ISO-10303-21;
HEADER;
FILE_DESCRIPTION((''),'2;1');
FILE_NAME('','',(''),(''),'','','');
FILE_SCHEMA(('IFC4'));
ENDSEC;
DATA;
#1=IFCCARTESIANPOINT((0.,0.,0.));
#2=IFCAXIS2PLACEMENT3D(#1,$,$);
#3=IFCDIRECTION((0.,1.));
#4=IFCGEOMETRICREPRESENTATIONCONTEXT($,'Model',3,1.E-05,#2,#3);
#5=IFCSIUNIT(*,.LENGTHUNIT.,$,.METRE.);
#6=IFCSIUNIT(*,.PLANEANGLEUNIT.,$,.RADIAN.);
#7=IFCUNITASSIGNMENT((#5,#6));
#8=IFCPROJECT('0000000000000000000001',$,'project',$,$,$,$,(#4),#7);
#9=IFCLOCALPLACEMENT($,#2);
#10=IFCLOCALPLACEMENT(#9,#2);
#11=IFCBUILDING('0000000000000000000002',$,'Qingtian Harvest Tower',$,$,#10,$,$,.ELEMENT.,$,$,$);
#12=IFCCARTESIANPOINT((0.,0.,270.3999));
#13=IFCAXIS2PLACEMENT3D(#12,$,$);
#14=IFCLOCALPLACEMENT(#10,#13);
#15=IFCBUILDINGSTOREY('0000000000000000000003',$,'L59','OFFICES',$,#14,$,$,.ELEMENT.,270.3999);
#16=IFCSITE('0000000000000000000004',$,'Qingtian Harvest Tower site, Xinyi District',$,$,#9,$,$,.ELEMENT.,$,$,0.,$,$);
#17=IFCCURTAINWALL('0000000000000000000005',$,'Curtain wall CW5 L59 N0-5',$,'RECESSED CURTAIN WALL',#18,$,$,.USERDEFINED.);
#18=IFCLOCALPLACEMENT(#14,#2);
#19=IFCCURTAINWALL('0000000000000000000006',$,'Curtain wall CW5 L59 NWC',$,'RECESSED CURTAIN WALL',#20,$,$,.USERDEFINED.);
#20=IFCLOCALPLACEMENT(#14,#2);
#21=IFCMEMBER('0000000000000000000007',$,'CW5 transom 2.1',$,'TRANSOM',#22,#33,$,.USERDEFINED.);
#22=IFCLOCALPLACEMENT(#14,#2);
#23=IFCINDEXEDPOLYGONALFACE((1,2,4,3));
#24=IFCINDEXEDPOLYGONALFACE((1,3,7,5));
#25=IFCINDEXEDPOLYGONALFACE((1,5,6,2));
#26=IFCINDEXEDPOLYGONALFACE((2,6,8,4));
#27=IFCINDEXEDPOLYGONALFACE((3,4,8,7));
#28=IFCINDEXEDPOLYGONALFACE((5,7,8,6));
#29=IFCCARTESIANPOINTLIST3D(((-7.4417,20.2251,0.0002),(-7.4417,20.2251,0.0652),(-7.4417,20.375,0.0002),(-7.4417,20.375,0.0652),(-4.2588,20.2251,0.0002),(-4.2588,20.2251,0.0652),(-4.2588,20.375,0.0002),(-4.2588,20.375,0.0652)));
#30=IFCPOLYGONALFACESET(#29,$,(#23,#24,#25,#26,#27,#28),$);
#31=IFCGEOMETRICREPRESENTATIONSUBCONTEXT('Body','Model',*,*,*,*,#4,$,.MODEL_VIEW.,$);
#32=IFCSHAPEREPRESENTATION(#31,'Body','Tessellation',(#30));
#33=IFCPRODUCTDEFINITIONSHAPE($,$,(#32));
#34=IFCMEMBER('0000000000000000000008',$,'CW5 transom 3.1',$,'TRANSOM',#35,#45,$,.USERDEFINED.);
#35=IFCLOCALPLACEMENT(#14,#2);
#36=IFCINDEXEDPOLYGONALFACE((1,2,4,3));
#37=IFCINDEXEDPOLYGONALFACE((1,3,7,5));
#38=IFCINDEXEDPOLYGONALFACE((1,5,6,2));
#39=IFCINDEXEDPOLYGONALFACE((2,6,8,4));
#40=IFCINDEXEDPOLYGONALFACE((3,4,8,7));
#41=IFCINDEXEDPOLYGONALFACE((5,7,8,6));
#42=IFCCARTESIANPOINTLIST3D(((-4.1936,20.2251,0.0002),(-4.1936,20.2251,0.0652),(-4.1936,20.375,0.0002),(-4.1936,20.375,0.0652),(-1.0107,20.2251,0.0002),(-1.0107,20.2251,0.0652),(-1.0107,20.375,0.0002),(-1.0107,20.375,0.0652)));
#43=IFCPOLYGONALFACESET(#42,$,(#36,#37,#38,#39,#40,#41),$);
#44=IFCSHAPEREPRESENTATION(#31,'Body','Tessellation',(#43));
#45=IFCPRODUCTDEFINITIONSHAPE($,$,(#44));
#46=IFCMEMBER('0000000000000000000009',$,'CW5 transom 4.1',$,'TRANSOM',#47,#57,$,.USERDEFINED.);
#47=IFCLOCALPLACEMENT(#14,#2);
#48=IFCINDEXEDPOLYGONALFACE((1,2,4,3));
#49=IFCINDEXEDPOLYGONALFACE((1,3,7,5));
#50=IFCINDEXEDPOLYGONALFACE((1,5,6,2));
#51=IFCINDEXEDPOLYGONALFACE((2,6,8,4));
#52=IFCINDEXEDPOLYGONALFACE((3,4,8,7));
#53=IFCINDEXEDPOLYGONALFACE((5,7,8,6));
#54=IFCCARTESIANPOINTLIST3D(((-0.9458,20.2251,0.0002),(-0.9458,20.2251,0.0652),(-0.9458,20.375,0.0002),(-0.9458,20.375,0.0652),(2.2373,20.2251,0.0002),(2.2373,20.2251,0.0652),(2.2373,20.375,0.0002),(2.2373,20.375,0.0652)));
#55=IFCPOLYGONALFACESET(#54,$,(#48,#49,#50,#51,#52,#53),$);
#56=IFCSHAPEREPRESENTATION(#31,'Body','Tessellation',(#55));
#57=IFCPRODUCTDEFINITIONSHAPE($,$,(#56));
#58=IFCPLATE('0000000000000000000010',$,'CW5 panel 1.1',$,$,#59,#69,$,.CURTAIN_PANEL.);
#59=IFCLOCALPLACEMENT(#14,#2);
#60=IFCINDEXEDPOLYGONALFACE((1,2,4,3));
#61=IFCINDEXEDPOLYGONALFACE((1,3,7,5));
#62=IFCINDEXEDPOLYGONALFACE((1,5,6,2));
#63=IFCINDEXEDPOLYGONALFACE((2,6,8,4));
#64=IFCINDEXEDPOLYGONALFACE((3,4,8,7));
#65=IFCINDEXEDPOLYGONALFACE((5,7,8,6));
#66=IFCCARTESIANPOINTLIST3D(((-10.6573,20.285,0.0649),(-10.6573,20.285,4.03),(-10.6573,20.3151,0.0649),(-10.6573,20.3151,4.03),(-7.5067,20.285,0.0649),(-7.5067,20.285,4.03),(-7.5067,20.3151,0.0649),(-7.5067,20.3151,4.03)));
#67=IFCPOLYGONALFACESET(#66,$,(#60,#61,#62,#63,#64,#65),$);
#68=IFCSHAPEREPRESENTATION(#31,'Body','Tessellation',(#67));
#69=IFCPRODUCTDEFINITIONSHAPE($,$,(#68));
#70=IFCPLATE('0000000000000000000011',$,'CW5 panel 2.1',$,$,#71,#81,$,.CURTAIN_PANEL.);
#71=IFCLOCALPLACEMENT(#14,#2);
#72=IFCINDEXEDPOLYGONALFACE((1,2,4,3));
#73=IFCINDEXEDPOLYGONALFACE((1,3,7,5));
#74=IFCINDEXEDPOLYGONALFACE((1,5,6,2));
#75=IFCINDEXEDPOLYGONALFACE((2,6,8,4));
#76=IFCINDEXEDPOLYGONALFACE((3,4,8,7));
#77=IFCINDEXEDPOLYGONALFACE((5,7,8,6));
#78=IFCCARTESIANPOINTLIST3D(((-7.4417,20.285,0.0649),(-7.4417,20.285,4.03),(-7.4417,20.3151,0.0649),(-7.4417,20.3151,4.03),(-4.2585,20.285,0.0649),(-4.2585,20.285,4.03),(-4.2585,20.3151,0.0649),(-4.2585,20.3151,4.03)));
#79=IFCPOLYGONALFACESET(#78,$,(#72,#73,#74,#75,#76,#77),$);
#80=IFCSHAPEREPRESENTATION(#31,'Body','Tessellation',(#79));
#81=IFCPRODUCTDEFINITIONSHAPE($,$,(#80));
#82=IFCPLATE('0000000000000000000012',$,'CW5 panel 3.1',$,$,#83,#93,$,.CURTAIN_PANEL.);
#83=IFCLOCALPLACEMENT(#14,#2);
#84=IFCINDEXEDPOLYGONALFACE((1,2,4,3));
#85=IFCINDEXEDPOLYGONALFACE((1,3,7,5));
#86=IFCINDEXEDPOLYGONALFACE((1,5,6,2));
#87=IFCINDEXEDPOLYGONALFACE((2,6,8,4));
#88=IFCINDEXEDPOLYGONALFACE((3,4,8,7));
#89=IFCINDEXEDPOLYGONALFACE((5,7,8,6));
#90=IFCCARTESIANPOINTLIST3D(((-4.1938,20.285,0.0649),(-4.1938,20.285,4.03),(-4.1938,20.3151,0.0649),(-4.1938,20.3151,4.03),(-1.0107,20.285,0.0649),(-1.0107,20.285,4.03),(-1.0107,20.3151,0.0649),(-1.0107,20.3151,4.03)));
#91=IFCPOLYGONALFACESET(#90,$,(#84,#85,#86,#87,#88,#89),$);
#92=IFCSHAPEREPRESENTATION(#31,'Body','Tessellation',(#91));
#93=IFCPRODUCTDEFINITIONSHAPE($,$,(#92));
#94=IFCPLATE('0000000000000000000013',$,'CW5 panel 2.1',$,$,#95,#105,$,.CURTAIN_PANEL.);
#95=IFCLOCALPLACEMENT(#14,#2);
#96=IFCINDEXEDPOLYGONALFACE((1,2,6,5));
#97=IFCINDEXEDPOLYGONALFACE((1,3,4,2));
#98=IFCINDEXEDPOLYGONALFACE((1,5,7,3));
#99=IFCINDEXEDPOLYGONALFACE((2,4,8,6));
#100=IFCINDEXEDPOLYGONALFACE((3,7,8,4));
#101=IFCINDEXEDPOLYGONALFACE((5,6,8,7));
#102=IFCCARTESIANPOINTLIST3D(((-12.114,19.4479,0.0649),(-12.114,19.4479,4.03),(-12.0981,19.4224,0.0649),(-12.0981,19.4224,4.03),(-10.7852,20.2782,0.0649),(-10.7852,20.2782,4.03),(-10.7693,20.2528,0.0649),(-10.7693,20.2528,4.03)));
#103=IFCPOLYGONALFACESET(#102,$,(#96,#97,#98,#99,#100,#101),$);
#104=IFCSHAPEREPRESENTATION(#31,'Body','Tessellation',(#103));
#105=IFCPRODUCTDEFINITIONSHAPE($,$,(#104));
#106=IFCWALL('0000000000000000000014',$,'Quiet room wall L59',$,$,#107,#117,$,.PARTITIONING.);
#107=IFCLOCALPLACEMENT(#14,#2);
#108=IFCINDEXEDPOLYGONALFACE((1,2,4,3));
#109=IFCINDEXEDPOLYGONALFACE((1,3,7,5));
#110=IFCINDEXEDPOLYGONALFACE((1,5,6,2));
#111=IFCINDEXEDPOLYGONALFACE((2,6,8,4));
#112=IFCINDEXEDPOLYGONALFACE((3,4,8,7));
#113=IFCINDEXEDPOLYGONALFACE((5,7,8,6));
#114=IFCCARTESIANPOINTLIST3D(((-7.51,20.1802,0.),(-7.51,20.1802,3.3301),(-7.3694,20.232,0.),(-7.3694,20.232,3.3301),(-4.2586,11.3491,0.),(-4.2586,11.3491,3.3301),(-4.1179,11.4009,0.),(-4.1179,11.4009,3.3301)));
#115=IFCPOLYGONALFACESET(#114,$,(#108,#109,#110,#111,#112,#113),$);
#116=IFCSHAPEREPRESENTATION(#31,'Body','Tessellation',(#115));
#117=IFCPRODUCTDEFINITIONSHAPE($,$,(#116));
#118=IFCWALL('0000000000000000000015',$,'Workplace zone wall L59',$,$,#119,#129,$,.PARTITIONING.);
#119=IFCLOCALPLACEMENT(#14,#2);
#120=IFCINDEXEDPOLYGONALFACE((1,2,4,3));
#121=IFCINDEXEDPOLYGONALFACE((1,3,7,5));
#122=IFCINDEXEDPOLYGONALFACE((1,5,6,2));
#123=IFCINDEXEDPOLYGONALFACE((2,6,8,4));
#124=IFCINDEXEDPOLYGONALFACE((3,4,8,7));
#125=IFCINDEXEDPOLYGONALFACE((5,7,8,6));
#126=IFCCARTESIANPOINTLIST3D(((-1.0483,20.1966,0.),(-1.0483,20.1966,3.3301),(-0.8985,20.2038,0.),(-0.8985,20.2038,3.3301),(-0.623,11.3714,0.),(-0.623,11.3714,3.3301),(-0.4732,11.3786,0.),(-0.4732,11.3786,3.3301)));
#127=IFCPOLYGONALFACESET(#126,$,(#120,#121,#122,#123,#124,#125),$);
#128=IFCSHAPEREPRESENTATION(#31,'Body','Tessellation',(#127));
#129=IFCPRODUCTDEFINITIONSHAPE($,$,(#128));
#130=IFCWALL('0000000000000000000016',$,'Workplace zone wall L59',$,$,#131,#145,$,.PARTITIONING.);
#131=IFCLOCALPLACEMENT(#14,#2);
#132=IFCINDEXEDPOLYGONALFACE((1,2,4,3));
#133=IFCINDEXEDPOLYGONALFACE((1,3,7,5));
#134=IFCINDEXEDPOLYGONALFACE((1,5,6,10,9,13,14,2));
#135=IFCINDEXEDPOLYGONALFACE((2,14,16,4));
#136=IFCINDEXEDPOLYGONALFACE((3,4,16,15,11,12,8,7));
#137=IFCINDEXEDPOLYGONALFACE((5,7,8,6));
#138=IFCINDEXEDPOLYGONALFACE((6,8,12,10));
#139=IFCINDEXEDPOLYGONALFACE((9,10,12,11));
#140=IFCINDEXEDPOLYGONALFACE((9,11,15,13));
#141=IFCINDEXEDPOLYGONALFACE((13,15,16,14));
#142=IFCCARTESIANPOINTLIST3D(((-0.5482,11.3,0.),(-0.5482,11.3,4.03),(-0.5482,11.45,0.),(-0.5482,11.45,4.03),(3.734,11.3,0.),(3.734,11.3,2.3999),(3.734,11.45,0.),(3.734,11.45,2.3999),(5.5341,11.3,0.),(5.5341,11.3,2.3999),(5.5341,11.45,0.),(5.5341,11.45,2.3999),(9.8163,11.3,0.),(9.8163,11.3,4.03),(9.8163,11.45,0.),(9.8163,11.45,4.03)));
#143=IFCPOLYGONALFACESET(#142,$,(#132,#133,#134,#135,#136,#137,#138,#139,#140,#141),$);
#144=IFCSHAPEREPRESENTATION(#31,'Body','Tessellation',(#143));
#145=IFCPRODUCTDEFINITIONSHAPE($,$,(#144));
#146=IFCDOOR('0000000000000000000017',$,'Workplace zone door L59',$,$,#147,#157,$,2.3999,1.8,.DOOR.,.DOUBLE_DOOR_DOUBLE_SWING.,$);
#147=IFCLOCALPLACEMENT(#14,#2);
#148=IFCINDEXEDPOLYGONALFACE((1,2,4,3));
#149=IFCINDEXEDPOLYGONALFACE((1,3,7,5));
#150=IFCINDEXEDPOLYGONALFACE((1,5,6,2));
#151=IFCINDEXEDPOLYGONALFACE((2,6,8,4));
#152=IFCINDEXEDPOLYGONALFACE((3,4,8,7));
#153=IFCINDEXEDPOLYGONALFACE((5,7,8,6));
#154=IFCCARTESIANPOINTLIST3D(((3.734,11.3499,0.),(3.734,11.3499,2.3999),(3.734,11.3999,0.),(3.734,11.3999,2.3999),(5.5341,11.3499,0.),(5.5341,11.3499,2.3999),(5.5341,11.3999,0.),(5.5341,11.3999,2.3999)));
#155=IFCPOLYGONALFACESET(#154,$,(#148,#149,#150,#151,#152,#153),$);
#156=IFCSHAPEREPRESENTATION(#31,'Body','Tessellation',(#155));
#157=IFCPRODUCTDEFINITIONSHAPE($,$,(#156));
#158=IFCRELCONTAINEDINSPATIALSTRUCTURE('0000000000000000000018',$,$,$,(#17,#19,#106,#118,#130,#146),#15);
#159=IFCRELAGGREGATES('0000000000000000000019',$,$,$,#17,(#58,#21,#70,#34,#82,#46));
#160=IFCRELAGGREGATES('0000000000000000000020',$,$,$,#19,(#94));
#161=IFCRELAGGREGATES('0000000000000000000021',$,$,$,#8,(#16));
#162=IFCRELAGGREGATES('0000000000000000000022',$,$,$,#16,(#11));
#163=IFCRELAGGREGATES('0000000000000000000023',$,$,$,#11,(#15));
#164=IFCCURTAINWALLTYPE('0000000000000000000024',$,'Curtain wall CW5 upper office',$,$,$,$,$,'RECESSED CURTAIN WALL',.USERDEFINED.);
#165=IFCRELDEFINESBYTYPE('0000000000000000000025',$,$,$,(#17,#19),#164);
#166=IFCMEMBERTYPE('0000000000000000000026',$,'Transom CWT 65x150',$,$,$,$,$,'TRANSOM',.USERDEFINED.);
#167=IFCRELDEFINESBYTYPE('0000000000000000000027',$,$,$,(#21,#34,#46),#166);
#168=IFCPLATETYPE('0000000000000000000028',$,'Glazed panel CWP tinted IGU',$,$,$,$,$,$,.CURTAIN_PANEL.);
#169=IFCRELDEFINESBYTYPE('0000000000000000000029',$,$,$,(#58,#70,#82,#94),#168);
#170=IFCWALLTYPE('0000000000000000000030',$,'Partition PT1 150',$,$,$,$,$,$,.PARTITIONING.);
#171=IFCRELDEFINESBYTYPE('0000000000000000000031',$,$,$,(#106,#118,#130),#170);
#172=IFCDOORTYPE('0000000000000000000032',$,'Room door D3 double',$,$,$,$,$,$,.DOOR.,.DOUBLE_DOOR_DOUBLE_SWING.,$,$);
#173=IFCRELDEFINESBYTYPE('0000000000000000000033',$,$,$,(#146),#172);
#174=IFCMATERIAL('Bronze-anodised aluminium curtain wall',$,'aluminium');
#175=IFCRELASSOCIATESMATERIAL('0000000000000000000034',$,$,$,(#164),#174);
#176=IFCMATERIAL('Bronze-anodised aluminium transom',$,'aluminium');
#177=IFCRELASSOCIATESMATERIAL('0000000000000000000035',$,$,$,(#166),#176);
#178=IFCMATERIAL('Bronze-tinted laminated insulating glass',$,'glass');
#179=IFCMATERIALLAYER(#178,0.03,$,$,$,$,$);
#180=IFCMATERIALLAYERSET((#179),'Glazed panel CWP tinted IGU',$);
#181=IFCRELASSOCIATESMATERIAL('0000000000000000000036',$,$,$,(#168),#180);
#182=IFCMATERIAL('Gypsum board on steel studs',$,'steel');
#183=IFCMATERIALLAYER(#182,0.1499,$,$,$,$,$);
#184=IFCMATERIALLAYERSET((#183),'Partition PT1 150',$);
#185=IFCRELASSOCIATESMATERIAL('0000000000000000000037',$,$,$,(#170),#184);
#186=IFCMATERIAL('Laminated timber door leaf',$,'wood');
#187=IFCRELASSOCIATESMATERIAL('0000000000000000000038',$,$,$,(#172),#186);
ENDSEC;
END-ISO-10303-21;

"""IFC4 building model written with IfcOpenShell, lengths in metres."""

from ifc_helpers import new_model, si_unit, direction, frame, frame_2d, origin, origin_2d, place, context, subcontext, project, spatial, rectangle, extrude, material, layer, layer_set, material_profile, profile_set, type_object, element, fill, aggregate, save


model = new_model("IFC4")

# Units and contexts
model_context = context("Model", 3, precision=1e-05, world=origin(), true_north=direction((0.0, 1.0)))
body_context = subcontext(model_context, "Body", "Model", "MODEL_VIEW")
ifc_project = project(units=[si_unit("LENGTHUNIT", "METRE"), si_unit("PLANEANGLEUNIT", "RADIAN")], contexts=[model_context])

# Site, building, storey
site_placement = place(None, origin())
site = spatial("IfcSite", under=ifc_project, at=site_placement, Name="Qingtian Harvest Tower site, Xinyi District", CompositionType="ELEMENT", RefElevation=0.0)
building_placement = place(site_placement, origin())
building = spatial("IfcBuilding", under=site, at=building_placement, Name="Qingtian Harvest Tower", CompositionType="ELEMENT")
storey_placement = place(building_placement, frame((0.0, 0.0, 270.3999)))
storey = spatial("IfcBuildingStorey", under=building, at=storey_placement, Name="L59", Description="OFFICES", CompositionType="ELEMENT", Elevation=270.3999)

# Curtain wall
ifc_material_1 = material(Name="Bronze-anodised aluminium curtain wall", Category="aluminium")
curtain_wall_type = type_object("IfcCurtainWallType", Name="Curtain wall CW5 upper office", ElementType="RECESSED CURTAIN WALL", PredefinedType="USERDEFINED", material=ifc_material_1)
curtain_wall_1_placement = place(storey_placement, origin())
curtain_wall_1 = element("IfcCurtainWall", 1, at=curtain_wall_1_placement, inside=storey, type_object=curtain_wall_type, Name="Curtain wall CW5 L59 N0-5", ObjectType="RECESSED CURTAIN WALL", PredefinedType="USERDEFINED")

# Curtain wall
curtain_wall_2_placement = place(storey_placement, origin())
curtain_wall_2 = element("IfcCurtainWall", 2, at=curtain_wall_2_placement, inside=storey, type_object=curtain_wall_type, Name="Curtain wall CW5 L59 NWC", ObjectType="RECESSED CURTAIN WALL", PredefinedType="USERDEFINED")

# Members
ifc_material_2 = material(Name="Bronze-anodised aluminium transom", Category="aluminium")
ifc_material_profile_1 = material_profile(ifc_material_2, rectangle(XDim=0.1499, YDim=0.0649, at=origin_2d()), Name="AL 65x150")
ifc_profile_set_1 = profile_set([ifc_material_profile_1], Name="Bronze-anodised aluminium transom")
member_type_1 = type_object("IfcMemberType", Name="Transom CWT 65x150", ElementType="TRANSOM", PredefinedType="USERDEFINED", material=ifc_profile_set_1)
member_1_placement = place(storey_placement, frame((-7.4417, 20.3, 0.0327), z_axis=(1.0, 0.0, 0.0), x_axis=(0.0, 1.0, 0.0)))
member_1 = element("IfcMember", 3, at=member_1_placement, type_object=member_type_1, Name="CW5 transom 2.1", ObjectType="TRANSOM", PredefinedType="USERDEFINED", context=body_context, shape_type="SweptSolid", body=[
    extrude(rectangle(XDim=0.1499, YDim=0.0649, at=origin_2d()), origin(), (0.0, 0.0, 1.0), 3.1829),
])
member_2_placement = place(storey_placement, frame((-4.1936, 20.3, 0.0327), z_axis=(1.0, 0.0, 0.0), x_axis=(0.0, 1.0, 0.0)))
member_2 = element("IfcMember", 4, at=member_2_placement, type_object=member_type_1, Name="CW5 transom 3.1", ObjectType="TRANSOM", PredefinedType="USERDEFINED", context=body_context, shape_type="SweptSolid", body=[
    extrude(rectangle(XDim=0.1499, YDim=0.0649, at=origin_2d()), origin(), (0.0, 0.0, 1.0), 3.1829),
])
member_3_placement = place(storey_placement, frame((-0.9458, 20.3, 0.0327), z_axis=(1.0, 0.0, 0.0), x_axis=(0.0, 1.0, 0.0)))
member_3 = element("IfcMember", 5, at=member_3_placement, type_object=member_type_1, Name="CW5 transom 4.1", ObjectType="TRANSOM", PredefinedType="USERDEFINED", context=body_context, shape_type="SweptSolid", body=[
    extrude(rectangle(XDim=0.1499, YDim=0.0649, at=origin_2d()), origin(), (0.0, 0.0, 1.0), 3.1831),
])

# Plates
ifc_material_3 = material(Name="Bronze-tinted laminated insulating glass", Category="glass")
ifc_layer_1 = layer(ifc_material_3, 0.03)
ifc_layer_set_1 = layer_set([ifc_layer_1], Name="Glazed panel CWP tinted IGU")
plate_type = type_object("IfcPlateType", Name="Glazed panel CWP tinted IGU", PredefinedType="CURTAIN_PANEL", material=ifc_layer_set_1)
plate_1_placement = place(storey_placement, frame((-9.082, 20.3, 0.0649), z_axis=(0.0, 0.0, 1.0), x_axis=(1.0, 0.0, 0.0)))
plate_1 = element("IfcPlate", 6, at=plate_1_placement, type_object=plate_type, Name="CW5 panel 1.1", PredefinedType="CURTAIN_PANEL", context=body_context, shape_type="SweptSolid", body=[
    extrude(rectangle(XDim=3.1506, YDim=0.03, at=origin_2d()), origin(), (0.0, 0.0, 1.0), 3.9651),
])
plate_2_placement = place(storey_placement, frame((-5.8501, 20.3, 0.0649), z_axis=(0.0, 0.0, 1.0), x_axis=(1.0, 0.0, 0.0)))
plate_2 = element("IfcPlate", 7, at=plate_2_placement, type_object=plate_type, Name="CW5 panel 2.1", PredefinedType="CURTAIN_PANEL", context=body_context, shape_type="SweptSolid", body=[
    extrude(rectangle(XDim=3.1831, YDim=0.03, at=origin_2d()), origin(), (0.0, 0.0, 1.0), 3.9651),
])
plate_3_placement = place(storey_placement, frame((-2.6023, 20.3, 0.0649), z_axis=(0.0, 0.0, 1.0), x_axis=(1.0, 0.0, 0.0)))
plate_3 = element("IfcPlate", 8, at=plate_3_placement, type_object=plate_type, Name="CW5 panel 3.1", PredefinedType="CURTAIN_PANEL", context=body_context, shape_type="SweptSolid", body=[
    extrude(rectangle(XDim=3.1831, YDim=0.03, at=origin_2d()), origin(), (0.0, 0.0, 1.0), 3.9651),
])
aggregate(curtain_wall_1, [plate_1, member_1, plate_2, member_2, plate_3, member_3])
plate_4_placement = place(storey_placement, frame((-11.4417, 19.8503, 0.0649), z_axis=(0.0, 0.0, 1.0), x_axis=(0.848048, 0.529919, 0.0)))
plate_4 = element("IfcPlate", 9, at=plate_4_placement, type_object=plate_type, Name="CW5 panel 2.1", PredefinedType="CURTAIN_PANEL", context=body_context, shape_type="SweptSolid", body=[
    extrude(rectangle(XDim=1.5669, YDim=0.03, at=origin_2d()), origin(), (0.0, 0.0, 1.0), 3.9651),
])
aggregate(curtain_wall_2, [plate_4])

# Walls
ifc_material_4 = material(Name="Gypsum board on steel studs", Category="steel")
ifc_layer_2 = layer(ifc_material_4, 0.1499)
ifc_layer_set_2 = layer_set([ifc_layer_2], Name="Partition PT1 150")
wall_type = type_object("IfcWallType", Name="Partition PT1 150", PredefinedType="PARTITIONING", material=ifc_layer_set_2)
wall_1_placement = place(storey_placement, frame((-7.4397, 20.2061, 0.0), z_axis=(0.0, 0.0, 1.0), x_axis=(0.345511, -0.938415, 0.0)))
element("IfcWall", 10, at=wall_1_placement, inside=storey, type_object=wall_type, Name="Quiet room wall L59", PredefinedType="PARTITIONING", context=body_context, shape_type="SweptSolid", body=[
    extrude(rectangle(XDim=9.4106, YDim=0.1499, at=frame_2d((4.7053, 0.0))), origin(), (0.0, 0.0, 1.0), 3.3301),
])
wall_2_placement = place(storey_placement, frame((-0.9734, 20.2002, 0.0), z_axis=(0.0, 0.0, 1.0), x_axis=(0.048135, -0.998841, 0.0)))
element("IfcWall", 11, at=wall_2_placement, inside=storey, type_object=wall_type, Name="Workplace zone wall L59", PredefinedType="PARTITIONING", context=body_context, shape_type="SweptSolid", body=[
    extrude(rectangle(XDim=8.8354, YDim=0.1499, at=frame_2d((4.4177, 0.0))), origin(), (0.0, 0.0, 1.0), 3.3301),
])

# Wall, opening, door
wall_3_placement = place(storey_placement, frame((-0.5481, 11.375, 0.0), z_axis=(0.0, 0.0, 1.0), x_axis=(1.0, 0.0, 0.0)))
wall_3 = element("IfcWall", 12, at=wall_3_placement, inside=storey, type_object=wall_type, Name="Workplace zone wall L59", PredefinedType="PARTITIONING", context=body_context, shape_type="SweptSolid", body=[
    extrude(rectangle(XDim=10.3645, YDim=0.1499, at=frame_2d((5.1821, 0.0))), origin(), (0.0, 0.0, 1.0), 4.03),
])
opening_placement = place(wall_3_placement, frame((4.2822, 0.0, 0.0)))
opening = element("IfcOpeningElement", 13, at=opening_placement, cuts=wall_3, PredefinedType="OPENING", context=body_context, shape_type="SweptSolid", body=[
    extrude(rectangle(XDim=1.8, YDim=2.3999, at=frame_2d((0.8999, 1.2))), frame((0.0, 0.085, 0.0), z_axis=(0.0, -1.0, 0.0), x_axis=(1.0, 0.0, 0.0)), (0.0, 0.0, 1.0), 0.1699),
])
ifc_material_5 = material(Name="Laminated timber door leaf", Category="wood")
door_type = type_object("IfcDoorType", Name="Room door D3 double", OperationType="DOUBLE_DOOR_DOUBLE_SWING", PredefinedType="DOOR", material=ifc_material_5)
door_placement = place(opening_placement, origin())
door = element("IfcDoor", 14, at=door_placement, inside=storey, type_object=door_type, Name="Workplace zone door L59", OperationType="DOUBLE_DOOR_DOUBLE_SWING", OverallHeight=2.3999, OverallWidth=1.8, PredefinedType="DOOR", context=body_context, shape_type="SweptSolid", body=[
    extrude(rectangle(XDim=1.8, YDim=2.3999, at=frame_2d((0.8999, 1.2))), frame((0.0, 0.0249, 0.0), z_axis=(0.0, -1.0, 0.0), x_axis=(1.0, 0.0, 0.0)), (0.0, 0.0, 1.0), 0.05),
])
fill(opening, door)

save(model, "model.ifc")
